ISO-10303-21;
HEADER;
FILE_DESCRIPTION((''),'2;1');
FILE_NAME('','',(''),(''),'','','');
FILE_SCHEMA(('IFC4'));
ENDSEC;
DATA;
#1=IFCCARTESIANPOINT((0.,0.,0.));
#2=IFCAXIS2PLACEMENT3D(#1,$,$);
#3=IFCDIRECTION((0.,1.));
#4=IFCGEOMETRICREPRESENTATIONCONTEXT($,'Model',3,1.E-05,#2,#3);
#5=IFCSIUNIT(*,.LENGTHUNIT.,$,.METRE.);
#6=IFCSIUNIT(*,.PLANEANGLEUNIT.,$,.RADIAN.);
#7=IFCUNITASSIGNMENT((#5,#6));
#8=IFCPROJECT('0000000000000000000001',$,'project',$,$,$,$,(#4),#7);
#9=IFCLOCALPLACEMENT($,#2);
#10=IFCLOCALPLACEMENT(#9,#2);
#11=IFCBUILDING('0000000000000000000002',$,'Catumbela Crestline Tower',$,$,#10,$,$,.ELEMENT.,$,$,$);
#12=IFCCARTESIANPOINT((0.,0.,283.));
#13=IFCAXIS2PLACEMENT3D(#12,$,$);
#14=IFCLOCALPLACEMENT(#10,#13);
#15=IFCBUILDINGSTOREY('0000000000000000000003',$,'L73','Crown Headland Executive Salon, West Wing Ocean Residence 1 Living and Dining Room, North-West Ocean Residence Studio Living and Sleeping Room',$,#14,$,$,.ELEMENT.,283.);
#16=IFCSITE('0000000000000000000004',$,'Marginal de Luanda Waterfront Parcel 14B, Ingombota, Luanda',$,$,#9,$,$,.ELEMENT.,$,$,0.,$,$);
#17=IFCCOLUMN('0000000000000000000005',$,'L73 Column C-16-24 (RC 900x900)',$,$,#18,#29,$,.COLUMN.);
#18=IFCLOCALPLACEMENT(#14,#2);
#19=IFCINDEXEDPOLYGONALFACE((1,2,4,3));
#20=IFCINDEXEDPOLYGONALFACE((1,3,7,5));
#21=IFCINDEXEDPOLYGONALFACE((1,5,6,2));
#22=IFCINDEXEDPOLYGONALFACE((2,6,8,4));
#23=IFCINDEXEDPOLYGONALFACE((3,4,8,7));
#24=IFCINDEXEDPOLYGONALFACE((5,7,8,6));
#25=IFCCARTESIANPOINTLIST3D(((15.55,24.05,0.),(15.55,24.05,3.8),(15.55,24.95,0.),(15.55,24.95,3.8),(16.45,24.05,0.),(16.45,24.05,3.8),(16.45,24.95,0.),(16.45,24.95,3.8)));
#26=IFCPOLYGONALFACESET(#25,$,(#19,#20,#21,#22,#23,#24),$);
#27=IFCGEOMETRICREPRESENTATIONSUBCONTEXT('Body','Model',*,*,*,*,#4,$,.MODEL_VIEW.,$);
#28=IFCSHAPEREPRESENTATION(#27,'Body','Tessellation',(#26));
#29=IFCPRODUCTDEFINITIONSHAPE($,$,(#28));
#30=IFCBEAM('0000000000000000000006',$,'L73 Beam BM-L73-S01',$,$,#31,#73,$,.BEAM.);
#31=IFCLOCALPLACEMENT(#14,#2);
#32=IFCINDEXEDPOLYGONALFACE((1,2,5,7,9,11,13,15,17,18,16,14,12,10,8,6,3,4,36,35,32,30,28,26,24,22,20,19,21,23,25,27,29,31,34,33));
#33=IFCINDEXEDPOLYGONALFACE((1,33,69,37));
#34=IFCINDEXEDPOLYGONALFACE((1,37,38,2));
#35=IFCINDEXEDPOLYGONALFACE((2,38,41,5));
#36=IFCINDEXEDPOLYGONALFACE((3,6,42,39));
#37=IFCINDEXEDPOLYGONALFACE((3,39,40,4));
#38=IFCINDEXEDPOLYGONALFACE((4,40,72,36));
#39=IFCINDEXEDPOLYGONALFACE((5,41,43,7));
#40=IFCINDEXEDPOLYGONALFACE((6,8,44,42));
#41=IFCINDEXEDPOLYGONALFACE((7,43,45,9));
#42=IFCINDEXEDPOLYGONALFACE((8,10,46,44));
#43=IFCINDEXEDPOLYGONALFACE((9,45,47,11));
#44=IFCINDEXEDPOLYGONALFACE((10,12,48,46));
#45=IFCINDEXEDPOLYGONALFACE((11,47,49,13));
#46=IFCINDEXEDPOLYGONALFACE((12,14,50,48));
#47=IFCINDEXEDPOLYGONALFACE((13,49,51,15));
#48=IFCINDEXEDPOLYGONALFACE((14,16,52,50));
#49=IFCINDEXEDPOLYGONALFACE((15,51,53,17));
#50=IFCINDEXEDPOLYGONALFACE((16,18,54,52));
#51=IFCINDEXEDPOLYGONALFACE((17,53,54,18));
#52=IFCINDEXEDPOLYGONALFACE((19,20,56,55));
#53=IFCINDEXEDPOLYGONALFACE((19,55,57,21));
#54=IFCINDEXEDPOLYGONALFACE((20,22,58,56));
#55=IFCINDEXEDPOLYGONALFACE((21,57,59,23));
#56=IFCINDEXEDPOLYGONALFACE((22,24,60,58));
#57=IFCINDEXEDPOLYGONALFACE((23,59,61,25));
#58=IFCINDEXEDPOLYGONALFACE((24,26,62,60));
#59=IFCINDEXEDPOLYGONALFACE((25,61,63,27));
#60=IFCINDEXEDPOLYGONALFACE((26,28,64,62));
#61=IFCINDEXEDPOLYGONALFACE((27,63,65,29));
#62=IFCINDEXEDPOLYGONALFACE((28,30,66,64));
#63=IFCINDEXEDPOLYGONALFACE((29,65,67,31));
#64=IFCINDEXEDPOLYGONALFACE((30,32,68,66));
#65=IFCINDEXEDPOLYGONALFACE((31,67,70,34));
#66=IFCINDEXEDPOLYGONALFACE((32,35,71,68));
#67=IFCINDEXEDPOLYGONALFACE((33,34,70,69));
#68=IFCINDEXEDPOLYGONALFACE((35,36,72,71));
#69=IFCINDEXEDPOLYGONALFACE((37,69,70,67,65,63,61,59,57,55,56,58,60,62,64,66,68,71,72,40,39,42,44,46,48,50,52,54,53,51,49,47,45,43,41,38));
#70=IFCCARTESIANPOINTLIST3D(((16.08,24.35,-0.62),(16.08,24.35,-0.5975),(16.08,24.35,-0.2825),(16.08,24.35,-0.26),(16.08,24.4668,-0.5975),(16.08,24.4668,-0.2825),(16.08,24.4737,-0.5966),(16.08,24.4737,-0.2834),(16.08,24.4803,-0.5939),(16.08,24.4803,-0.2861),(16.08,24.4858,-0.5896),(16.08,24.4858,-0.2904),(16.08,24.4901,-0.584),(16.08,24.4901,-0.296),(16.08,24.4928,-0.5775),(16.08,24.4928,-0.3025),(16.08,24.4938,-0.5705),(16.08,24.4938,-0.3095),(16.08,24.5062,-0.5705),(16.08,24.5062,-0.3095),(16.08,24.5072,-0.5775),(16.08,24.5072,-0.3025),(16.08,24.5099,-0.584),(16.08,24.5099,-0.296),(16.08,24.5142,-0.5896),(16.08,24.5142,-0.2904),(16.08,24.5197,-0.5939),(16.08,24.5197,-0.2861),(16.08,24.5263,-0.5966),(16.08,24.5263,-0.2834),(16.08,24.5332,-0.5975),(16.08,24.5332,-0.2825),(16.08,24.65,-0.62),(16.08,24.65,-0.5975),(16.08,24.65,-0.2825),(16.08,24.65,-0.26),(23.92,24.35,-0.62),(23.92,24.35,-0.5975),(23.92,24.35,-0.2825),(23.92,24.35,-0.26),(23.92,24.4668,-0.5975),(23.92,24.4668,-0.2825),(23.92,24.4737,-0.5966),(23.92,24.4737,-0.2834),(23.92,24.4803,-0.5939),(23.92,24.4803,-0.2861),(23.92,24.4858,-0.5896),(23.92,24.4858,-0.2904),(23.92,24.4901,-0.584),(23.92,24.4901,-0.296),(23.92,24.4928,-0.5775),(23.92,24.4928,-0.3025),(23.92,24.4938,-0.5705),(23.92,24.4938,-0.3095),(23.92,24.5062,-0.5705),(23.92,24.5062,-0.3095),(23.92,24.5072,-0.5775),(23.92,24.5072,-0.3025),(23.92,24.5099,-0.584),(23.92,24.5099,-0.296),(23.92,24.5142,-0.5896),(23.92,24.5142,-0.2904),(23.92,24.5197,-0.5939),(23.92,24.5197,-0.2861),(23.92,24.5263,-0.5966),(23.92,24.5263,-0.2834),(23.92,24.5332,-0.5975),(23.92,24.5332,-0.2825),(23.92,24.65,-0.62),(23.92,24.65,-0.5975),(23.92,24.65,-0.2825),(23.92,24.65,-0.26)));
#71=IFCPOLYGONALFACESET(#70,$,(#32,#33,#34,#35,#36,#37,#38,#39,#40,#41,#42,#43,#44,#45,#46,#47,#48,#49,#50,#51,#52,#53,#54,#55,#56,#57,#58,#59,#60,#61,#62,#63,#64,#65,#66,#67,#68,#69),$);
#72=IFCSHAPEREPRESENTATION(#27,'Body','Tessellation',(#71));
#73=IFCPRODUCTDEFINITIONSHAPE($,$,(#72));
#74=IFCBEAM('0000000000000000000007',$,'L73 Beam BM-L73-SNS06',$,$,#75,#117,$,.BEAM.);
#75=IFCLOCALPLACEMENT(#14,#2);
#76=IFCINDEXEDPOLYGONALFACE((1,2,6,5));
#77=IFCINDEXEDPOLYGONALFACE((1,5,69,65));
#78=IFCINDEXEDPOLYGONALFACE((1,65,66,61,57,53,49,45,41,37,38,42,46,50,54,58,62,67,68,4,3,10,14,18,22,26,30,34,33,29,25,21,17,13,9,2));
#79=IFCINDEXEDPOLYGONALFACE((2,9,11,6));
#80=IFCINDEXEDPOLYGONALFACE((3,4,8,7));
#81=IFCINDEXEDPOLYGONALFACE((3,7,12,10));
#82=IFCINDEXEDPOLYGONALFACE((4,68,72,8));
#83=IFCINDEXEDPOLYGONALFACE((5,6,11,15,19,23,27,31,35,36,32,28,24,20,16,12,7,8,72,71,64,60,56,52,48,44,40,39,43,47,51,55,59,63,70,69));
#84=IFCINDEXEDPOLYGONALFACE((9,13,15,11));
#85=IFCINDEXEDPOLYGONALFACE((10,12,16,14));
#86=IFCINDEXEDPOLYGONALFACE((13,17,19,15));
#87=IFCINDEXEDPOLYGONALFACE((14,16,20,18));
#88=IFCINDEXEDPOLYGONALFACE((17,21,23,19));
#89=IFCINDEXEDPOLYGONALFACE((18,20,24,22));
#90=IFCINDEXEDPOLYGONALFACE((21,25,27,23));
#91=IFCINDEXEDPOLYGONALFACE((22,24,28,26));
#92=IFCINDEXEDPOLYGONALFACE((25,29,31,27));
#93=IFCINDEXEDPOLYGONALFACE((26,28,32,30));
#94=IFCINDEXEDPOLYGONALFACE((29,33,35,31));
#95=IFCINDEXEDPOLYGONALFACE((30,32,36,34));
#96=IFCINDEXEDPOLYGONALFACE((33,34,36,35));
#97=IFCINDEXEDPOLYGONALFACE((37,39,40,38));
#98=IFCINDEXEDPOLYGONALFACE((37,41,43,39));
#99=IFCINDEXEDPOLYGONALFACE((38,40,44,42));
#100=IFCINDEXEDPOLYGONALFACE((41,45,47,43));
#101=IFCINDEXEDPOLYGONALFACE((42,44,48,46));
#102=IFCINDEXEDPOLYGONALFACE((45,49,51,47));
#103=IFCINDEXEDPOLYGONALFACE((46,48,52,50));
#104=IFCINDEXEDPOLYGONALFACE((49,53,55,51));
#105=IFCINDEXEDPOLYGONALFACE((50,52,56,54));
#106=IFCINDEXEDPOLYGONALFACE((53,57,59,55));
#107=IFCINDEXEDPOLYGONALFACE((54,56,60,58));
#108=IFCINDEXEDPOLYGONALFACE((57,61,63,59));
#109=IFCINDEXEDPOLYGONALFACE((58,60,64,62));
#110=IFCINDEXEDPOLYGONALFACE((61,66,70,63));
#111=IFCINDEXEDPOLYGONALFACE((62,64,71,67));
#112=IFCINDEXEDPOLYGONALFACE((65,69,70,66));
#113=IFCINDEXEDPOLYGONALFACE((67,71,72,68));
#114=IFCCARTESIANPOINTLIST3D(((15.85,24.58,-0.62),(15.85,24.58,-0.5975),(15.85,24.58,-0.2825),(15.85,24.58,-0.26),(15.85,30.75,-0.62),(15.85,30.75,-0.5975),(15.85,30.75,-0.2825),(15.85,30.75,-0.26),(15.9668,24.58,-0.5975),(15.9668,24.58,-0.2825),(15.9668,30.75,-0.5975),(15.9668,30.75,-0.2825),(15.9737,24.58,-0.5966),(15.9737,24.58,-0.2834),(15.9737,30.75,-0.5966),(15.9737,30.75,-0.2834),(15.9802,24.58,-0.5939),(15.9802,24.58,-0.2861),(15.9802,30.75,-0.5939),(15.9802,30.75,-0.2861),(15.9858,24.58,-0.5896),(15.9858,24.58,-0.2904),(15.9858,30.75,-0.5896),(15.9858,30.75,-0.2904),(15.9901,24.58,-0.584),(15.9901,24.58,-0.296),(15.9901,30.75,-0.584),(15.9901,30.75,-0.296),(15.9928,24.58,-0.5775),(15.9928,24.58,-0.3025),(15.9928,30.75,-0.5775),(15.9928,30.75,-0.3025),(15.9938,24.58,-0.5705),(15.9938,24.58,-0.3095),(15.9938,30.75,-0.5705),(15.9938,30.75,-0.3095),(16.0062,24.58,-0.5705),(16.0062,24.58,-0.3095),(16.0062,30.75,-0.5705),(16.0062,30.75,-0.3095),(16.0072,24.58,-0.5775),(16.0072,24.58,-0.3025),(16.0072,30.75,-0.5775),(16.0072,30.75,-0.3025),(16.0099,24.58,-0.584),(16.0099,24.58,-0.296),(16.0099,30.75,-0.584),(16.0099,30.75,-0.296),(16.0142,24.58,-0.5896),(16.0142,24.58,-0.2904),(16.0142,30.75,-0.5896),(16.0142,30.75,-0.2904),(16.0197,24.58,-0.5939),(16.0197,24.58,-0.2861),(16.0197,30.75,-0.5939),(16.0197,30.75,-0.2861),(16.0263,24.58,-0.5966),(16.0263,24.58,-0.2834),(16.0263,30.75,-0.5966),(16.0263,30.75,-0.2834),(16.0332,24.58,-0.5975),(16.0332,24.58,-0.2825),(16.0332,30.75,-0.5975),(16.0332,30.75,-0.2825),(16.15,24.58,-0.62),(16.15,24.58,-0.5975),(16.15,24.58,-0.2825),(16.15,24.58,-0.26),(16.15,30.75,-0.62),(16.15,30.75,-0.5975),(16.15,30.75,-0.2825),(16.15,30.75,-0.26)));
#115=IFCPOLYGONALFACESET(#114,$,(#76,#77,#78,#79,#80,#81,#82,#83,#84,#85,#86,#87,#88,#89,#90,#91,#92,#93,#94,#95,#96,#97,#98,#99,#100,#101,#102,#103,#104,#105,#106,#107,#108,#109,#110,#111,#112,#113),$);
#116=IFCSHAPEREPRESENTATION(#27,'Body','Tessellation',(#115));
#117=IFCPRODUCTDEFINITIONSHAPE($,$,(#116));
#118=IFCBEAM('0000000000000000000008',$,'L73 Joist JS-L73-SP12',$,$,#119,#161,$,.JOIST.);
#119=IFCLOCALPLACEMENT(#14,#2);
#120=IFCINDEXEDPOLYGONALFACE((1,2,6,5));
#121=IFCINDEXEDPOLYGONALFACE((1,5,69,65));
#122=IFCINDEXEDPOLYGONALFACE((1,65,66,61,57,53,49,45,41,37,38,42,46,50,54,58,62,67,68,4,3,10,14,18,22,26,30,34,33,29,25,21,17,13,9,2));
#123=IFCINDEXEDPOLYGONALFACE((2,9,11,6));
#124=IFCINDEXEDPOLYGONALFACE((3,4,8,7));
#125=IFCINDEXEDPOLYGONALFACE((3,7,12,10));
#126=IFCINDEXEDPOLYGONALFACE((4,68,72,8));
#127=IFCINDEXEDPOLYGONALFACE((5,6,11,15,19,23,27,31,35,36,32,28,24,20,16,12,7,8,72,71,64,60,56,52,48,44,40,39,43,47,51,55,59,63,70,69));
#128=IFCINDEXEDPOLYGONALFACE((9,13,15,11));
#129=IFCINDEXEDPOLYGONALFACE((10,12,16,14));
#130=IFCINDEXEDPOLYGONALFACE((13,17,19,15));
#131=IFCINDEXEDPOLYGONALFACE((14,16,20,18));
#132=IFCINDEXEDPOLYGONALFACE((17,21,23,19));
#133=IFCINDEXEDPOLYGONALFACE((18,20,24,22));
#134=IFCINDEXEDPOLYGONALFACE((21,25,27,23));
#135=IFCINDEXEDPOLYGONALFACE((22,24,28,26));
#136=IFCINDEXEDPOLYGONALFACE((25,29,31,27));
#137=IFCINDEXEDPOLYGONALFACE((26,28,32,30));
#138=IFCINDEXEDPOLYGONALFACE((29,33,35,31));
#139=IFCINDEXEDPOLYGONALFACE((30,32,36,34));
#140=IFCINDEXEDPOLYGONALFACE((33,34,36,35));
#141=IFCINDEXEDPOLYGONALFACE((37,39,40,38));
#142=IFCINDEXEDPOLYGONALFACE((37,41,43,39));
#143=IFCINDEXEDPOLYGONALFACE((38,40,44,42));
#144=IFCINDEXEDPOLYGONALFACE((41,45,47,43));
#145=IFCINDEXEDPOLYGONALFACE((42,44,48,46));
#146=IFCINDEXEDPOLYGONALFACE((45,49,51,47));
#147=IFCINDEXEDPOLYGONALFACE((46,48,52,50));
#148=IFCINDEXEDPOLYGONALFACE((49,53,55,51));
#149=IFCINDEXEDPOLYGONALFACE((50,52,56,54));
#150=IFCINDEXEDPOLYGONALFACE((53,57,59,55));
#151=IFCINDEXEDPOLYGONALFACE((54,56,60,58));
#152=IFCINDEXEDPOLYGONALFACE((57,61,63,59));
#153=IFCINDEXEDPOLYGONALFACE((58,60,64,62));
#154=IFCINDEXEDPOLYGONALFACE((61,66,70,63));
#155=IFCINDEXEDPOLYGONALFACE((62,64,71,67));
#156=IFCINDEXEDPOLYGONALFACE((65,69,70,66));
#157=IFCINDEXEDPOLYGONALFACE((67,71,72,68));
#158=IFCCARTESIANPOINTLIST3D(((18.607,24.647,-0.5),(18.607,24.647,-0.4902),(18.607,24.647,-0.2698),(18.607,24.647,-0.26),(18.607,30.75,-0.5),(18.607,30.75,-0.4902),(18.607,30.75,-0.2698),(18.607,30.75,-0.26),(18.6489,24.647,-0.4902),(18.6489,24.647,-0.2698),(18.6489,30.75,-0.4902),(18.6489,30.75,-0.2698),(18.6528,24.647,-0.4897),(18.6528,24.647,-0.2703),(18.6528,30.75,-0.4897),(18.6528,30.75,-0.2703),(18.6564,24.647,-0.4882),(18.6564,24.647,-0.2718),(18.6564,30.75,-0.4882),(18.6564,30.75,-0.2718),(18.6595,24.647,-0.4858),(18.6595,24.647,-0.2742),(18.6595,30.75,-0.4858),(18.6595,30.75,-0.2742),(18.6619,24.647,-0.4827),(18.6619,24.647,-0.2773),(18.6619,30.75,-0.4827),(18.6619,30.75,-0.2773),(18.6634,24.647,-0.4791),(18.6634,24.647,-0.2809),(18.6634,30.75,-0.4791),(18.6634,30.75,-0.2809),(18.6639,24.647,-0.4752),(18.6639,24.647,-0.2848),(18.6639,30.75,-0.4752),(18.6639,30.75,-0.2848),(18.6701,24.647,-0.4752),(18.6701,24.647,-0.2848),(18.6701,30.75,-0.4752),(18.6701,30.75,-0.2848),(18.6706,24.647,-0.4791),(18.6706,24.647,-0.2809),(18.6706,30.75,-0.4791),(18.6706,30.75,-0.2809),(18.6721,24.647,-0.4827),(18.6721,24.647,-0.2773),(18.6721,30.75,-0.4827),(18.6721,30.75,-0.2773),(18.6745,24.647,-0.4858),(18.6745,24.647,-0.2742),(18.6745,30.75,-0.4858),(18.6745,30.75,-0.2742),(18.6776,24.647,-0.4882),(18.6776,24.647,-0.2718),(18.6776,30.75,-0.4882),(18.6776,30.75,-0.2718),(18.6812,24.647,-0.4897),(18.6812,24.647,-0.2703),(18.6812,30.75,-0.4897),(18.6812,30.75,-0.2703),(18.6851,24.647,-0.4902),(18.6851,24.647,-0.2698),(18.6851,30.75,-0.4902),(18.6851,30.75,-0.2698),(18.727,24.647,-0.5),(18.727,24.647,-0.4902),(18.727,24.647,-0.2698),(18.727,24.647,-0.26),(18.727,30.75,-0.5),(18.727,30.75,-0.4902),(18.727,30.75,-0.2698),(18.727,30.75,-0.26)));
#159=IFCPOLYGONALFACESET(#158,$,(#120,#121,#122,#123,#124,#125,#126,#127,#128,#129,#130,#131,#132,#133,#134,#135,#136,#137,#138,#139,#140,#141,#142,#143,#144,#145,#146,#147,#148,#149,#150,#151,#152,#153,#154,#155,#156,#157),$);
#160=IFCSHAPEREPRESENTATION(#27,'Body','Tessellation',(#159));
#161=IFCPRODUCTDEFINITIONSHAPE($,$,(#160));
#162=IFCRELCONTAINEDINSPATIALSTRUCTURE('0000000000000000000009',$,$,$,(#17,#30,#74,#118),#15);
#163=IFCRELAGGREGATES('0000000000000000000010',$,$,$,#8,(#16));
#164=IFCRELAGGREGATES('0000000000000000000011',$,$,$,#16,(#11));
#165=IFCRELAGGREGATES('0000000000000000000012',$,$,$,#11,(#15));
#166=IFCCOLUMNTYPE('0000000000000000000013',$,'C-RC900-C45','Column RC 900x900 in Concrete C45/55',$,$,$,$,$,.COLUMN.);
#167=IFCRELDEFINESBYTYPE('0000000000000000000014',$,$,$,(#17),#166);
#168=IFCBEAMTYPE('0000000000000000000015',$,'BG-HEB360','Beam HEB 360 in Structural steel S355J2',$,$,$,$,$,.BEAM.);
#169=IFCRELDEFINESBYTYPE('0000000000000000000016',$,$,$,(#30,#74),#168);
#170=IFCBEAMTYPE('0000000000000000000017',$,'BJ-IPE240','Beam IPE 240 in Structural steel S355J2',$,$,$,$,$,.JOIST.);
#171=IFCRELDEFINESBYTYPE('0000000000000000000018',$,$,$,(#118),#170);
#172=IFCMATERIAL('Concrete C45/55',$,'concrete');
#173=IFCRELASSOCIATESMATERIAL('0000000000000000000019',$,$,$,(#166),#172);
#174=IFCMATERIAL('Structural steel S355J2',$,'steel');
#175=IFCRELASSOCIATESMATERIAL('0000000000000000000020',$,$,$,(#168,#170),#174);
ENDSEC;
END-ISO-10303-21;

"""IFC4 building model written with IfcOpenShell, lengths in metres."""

from ifc_helpers import new_model, si_unit, direction, frame, origin, origin_2d, place, context, subcontext, project, spatial, rectangle, i_section, extrude, material, material_profile, profile_set, type_object, element, save


model = new_model("IFC4")

# Units and contexts
model_context = context("Model", 3, precision=1e-05, world=origin(), true_north=direction((0.0, 1.0)))
body_context = subcontext(model_context, "Body", "Model", "MODEL_VIEW")
ifc_project = project(units=[si_unit("LENGTHUNIT", "METRE"), si_unit("PLANEANGLEUNIT", "RADIAN")], contexts=[model_context])

# Site, building, storey
site_placement = place(None, origin())
site = spatial("IfcSite", under=ifc_project, at=site_placement, Name="Marginal de Luanda Waterfront Parcel 14B, Ingombota, Luanda", CompositionType="ELEMENT", RefElevation=0.0)
building_placement = place(site_placement, origin())
building = spatial("IfcBuilding", under=site, at=building_placement, Name="Catumbela Crestline Tower", CompositionType="ELEMENT")
storey_placement = place(building_placement, frame((0.0, 0.0, 283.0)))
storey = spatial("IfcBuildingStorey", under=building, at=storey_placement, Name="L73", Description="Crown Headland Executive Salon, West Wing Ocean Residence 1 Living and Dining Room, North-West Ocean Residence Studio Living and Sleeping Room", CompositionType="ELEMENT", Elevation=283.0)

# Column
ifc_material_1 = material(Name="Concrete C45/55", Category="concrete")
ifc_material_profile_1 = material_profile(ifc_material_1, rectangle(XDim=0.9, YDim=0.9, at=origin_2d()), Name="RC 900x900")
ifc_profile_set_1 = profile_set([ifc_material_profile_1], Name="Concrete C45/55")
column_type = type_object("IfcColumnType", Name="C-RC900-C45", Description="Column RC 900x900 in Concrete C45/55", PredefinedType="COLUMN", material=ifc_profile_set_1)
column_placement = place(storey_placement, frame((16.0, 24.5, 0.0), z_axis=(0.0, 0.0, 1.0), x_axis=(1.0, 0.0, 0.0)))
element("IfcColumn", 1, at=column_placement, inside=storey, type_object=column_type, Name="L73 Column C-16-24 (RC 900x900)", PredefinedType="COLUMN", context=body_context, shape_type="SweptSolid", body=[
    extrude(rectangle(XDim=0.9, YDim=0.9, at=origin_2d()), origin(), (0.0, 0.0, 1.0), 3.8),
])

# Beams
ifc_material_2 = material(Name="Structural steel S355J2", Category="steel")
ifc_material_profile_2 = material_profile(ifc_material_2, i_section(OverallWidth=0.3, OverallDepth=0.36, WebThickness=0.0125, FlangeThickness=0.0225, FilletRadius=0.027, at=origin_2d()), Name="HEB 360")
ifc_profile_set_2 = profile_set([ifc_material_profile_2], Name="Structural steel S355J2")
beam_type_1 = type_object("IfcBeamType", Name="BG-HEB360", Description="Beam HEB 360 in Structural steel S355J2", PredefinedType="BEAM", material=ifc_profile_set_2)
beam_1_placement = place(storey_placement, frame((16.08, 24.5, -0.44), z_axis=(1.0, 0.0, 0.0), x_axis=(0.0, 1.0, 0.0)))
element("IfcBeam", 2, at=beam_1_placement, inside=storey, type_object=beam_type_1, Name="L73 Beam BM-L73-S01", PredefinedType="BEAM", context=body_context, shape_type="SweptSolid", body=[
    extrude(i_section(OverallWidth=0.3, OverallDepth=0.36, WebThickness=0.0125, FlangeThickness=0.0225, FilletRadius=0.027, at=origin_2d()), origin(), (0.0, 0.0, 1.0), 7.84),
])
beam_2_placement = place(storey_placement, frame((16.0, 24.58, -0.44), z_axis=(0.0, 1.0, 0.0), x_axis=(-1.0, 0.0, 0.0)))
element("IfcBeam", 3, at=beam_2_placement, inside=storey, type_object=beam_type_1, Name="L73 Beam BM-L73-SNS06", PredefinedType="BEAM", context=body_context, shape_type="SweptSolid", body=[
    extrude(i_section(OverallWidth=0.3, OverallDepth=0.36, WebThickness=0.0125, FlangeThickness=0.0225, FilletRadius=0.027, at=origin_2d()), origin(), (0.0, 0.0, 1.0), 6.17),
])
ifc_material_profile_3 = material_profile(ifc_material_2, i_section(OverallWidth=0.12, OverallDepth=0.24, WebThickness=0.0062, FlangeThickness=0.0098, FilletRadius=0.015, at=origin_2d()), Name="IPE 240")
ifc_profile_set_3 = profile_set([ifc_material_profile_3], Name="Structural steel S355J2")
beam_type_2 = type_object("IfcBeamType", Name="BJ-IPE240", Description="Beam IPE 240 in Structural steel S355J2", PredefinedType="JOIST", material=ifc_profile_set_3)
for number, where, z_axis, x_axis, name in (
    (4, (18.667, 24.647, -0.38), (0.0, 1.0, 0.0), (-1.0, 0.0, 0.0), "L73 Joist JS-L73-SP12"),
):
    element("IfcBeam", number, at=place(storey_placement, frame(where, z_axis=z_axis, x_axis=x_axis)), inside=storey, type_object=beam_type_2, Name=name, PredefinedType="JOIST", context=body_context, shape_type="SweptSolid", body=[
        extrude(i_section(OverallWidth=0.12, OverallDepth=0.24, WebThickness=0.0062, FlangeThickness=0.0098, FilletRadius=0.015, at=origin_2d()), origin(), (0.0, 0.0, 1.0), 6.103),
    ])

save(model, "model.ifc")
